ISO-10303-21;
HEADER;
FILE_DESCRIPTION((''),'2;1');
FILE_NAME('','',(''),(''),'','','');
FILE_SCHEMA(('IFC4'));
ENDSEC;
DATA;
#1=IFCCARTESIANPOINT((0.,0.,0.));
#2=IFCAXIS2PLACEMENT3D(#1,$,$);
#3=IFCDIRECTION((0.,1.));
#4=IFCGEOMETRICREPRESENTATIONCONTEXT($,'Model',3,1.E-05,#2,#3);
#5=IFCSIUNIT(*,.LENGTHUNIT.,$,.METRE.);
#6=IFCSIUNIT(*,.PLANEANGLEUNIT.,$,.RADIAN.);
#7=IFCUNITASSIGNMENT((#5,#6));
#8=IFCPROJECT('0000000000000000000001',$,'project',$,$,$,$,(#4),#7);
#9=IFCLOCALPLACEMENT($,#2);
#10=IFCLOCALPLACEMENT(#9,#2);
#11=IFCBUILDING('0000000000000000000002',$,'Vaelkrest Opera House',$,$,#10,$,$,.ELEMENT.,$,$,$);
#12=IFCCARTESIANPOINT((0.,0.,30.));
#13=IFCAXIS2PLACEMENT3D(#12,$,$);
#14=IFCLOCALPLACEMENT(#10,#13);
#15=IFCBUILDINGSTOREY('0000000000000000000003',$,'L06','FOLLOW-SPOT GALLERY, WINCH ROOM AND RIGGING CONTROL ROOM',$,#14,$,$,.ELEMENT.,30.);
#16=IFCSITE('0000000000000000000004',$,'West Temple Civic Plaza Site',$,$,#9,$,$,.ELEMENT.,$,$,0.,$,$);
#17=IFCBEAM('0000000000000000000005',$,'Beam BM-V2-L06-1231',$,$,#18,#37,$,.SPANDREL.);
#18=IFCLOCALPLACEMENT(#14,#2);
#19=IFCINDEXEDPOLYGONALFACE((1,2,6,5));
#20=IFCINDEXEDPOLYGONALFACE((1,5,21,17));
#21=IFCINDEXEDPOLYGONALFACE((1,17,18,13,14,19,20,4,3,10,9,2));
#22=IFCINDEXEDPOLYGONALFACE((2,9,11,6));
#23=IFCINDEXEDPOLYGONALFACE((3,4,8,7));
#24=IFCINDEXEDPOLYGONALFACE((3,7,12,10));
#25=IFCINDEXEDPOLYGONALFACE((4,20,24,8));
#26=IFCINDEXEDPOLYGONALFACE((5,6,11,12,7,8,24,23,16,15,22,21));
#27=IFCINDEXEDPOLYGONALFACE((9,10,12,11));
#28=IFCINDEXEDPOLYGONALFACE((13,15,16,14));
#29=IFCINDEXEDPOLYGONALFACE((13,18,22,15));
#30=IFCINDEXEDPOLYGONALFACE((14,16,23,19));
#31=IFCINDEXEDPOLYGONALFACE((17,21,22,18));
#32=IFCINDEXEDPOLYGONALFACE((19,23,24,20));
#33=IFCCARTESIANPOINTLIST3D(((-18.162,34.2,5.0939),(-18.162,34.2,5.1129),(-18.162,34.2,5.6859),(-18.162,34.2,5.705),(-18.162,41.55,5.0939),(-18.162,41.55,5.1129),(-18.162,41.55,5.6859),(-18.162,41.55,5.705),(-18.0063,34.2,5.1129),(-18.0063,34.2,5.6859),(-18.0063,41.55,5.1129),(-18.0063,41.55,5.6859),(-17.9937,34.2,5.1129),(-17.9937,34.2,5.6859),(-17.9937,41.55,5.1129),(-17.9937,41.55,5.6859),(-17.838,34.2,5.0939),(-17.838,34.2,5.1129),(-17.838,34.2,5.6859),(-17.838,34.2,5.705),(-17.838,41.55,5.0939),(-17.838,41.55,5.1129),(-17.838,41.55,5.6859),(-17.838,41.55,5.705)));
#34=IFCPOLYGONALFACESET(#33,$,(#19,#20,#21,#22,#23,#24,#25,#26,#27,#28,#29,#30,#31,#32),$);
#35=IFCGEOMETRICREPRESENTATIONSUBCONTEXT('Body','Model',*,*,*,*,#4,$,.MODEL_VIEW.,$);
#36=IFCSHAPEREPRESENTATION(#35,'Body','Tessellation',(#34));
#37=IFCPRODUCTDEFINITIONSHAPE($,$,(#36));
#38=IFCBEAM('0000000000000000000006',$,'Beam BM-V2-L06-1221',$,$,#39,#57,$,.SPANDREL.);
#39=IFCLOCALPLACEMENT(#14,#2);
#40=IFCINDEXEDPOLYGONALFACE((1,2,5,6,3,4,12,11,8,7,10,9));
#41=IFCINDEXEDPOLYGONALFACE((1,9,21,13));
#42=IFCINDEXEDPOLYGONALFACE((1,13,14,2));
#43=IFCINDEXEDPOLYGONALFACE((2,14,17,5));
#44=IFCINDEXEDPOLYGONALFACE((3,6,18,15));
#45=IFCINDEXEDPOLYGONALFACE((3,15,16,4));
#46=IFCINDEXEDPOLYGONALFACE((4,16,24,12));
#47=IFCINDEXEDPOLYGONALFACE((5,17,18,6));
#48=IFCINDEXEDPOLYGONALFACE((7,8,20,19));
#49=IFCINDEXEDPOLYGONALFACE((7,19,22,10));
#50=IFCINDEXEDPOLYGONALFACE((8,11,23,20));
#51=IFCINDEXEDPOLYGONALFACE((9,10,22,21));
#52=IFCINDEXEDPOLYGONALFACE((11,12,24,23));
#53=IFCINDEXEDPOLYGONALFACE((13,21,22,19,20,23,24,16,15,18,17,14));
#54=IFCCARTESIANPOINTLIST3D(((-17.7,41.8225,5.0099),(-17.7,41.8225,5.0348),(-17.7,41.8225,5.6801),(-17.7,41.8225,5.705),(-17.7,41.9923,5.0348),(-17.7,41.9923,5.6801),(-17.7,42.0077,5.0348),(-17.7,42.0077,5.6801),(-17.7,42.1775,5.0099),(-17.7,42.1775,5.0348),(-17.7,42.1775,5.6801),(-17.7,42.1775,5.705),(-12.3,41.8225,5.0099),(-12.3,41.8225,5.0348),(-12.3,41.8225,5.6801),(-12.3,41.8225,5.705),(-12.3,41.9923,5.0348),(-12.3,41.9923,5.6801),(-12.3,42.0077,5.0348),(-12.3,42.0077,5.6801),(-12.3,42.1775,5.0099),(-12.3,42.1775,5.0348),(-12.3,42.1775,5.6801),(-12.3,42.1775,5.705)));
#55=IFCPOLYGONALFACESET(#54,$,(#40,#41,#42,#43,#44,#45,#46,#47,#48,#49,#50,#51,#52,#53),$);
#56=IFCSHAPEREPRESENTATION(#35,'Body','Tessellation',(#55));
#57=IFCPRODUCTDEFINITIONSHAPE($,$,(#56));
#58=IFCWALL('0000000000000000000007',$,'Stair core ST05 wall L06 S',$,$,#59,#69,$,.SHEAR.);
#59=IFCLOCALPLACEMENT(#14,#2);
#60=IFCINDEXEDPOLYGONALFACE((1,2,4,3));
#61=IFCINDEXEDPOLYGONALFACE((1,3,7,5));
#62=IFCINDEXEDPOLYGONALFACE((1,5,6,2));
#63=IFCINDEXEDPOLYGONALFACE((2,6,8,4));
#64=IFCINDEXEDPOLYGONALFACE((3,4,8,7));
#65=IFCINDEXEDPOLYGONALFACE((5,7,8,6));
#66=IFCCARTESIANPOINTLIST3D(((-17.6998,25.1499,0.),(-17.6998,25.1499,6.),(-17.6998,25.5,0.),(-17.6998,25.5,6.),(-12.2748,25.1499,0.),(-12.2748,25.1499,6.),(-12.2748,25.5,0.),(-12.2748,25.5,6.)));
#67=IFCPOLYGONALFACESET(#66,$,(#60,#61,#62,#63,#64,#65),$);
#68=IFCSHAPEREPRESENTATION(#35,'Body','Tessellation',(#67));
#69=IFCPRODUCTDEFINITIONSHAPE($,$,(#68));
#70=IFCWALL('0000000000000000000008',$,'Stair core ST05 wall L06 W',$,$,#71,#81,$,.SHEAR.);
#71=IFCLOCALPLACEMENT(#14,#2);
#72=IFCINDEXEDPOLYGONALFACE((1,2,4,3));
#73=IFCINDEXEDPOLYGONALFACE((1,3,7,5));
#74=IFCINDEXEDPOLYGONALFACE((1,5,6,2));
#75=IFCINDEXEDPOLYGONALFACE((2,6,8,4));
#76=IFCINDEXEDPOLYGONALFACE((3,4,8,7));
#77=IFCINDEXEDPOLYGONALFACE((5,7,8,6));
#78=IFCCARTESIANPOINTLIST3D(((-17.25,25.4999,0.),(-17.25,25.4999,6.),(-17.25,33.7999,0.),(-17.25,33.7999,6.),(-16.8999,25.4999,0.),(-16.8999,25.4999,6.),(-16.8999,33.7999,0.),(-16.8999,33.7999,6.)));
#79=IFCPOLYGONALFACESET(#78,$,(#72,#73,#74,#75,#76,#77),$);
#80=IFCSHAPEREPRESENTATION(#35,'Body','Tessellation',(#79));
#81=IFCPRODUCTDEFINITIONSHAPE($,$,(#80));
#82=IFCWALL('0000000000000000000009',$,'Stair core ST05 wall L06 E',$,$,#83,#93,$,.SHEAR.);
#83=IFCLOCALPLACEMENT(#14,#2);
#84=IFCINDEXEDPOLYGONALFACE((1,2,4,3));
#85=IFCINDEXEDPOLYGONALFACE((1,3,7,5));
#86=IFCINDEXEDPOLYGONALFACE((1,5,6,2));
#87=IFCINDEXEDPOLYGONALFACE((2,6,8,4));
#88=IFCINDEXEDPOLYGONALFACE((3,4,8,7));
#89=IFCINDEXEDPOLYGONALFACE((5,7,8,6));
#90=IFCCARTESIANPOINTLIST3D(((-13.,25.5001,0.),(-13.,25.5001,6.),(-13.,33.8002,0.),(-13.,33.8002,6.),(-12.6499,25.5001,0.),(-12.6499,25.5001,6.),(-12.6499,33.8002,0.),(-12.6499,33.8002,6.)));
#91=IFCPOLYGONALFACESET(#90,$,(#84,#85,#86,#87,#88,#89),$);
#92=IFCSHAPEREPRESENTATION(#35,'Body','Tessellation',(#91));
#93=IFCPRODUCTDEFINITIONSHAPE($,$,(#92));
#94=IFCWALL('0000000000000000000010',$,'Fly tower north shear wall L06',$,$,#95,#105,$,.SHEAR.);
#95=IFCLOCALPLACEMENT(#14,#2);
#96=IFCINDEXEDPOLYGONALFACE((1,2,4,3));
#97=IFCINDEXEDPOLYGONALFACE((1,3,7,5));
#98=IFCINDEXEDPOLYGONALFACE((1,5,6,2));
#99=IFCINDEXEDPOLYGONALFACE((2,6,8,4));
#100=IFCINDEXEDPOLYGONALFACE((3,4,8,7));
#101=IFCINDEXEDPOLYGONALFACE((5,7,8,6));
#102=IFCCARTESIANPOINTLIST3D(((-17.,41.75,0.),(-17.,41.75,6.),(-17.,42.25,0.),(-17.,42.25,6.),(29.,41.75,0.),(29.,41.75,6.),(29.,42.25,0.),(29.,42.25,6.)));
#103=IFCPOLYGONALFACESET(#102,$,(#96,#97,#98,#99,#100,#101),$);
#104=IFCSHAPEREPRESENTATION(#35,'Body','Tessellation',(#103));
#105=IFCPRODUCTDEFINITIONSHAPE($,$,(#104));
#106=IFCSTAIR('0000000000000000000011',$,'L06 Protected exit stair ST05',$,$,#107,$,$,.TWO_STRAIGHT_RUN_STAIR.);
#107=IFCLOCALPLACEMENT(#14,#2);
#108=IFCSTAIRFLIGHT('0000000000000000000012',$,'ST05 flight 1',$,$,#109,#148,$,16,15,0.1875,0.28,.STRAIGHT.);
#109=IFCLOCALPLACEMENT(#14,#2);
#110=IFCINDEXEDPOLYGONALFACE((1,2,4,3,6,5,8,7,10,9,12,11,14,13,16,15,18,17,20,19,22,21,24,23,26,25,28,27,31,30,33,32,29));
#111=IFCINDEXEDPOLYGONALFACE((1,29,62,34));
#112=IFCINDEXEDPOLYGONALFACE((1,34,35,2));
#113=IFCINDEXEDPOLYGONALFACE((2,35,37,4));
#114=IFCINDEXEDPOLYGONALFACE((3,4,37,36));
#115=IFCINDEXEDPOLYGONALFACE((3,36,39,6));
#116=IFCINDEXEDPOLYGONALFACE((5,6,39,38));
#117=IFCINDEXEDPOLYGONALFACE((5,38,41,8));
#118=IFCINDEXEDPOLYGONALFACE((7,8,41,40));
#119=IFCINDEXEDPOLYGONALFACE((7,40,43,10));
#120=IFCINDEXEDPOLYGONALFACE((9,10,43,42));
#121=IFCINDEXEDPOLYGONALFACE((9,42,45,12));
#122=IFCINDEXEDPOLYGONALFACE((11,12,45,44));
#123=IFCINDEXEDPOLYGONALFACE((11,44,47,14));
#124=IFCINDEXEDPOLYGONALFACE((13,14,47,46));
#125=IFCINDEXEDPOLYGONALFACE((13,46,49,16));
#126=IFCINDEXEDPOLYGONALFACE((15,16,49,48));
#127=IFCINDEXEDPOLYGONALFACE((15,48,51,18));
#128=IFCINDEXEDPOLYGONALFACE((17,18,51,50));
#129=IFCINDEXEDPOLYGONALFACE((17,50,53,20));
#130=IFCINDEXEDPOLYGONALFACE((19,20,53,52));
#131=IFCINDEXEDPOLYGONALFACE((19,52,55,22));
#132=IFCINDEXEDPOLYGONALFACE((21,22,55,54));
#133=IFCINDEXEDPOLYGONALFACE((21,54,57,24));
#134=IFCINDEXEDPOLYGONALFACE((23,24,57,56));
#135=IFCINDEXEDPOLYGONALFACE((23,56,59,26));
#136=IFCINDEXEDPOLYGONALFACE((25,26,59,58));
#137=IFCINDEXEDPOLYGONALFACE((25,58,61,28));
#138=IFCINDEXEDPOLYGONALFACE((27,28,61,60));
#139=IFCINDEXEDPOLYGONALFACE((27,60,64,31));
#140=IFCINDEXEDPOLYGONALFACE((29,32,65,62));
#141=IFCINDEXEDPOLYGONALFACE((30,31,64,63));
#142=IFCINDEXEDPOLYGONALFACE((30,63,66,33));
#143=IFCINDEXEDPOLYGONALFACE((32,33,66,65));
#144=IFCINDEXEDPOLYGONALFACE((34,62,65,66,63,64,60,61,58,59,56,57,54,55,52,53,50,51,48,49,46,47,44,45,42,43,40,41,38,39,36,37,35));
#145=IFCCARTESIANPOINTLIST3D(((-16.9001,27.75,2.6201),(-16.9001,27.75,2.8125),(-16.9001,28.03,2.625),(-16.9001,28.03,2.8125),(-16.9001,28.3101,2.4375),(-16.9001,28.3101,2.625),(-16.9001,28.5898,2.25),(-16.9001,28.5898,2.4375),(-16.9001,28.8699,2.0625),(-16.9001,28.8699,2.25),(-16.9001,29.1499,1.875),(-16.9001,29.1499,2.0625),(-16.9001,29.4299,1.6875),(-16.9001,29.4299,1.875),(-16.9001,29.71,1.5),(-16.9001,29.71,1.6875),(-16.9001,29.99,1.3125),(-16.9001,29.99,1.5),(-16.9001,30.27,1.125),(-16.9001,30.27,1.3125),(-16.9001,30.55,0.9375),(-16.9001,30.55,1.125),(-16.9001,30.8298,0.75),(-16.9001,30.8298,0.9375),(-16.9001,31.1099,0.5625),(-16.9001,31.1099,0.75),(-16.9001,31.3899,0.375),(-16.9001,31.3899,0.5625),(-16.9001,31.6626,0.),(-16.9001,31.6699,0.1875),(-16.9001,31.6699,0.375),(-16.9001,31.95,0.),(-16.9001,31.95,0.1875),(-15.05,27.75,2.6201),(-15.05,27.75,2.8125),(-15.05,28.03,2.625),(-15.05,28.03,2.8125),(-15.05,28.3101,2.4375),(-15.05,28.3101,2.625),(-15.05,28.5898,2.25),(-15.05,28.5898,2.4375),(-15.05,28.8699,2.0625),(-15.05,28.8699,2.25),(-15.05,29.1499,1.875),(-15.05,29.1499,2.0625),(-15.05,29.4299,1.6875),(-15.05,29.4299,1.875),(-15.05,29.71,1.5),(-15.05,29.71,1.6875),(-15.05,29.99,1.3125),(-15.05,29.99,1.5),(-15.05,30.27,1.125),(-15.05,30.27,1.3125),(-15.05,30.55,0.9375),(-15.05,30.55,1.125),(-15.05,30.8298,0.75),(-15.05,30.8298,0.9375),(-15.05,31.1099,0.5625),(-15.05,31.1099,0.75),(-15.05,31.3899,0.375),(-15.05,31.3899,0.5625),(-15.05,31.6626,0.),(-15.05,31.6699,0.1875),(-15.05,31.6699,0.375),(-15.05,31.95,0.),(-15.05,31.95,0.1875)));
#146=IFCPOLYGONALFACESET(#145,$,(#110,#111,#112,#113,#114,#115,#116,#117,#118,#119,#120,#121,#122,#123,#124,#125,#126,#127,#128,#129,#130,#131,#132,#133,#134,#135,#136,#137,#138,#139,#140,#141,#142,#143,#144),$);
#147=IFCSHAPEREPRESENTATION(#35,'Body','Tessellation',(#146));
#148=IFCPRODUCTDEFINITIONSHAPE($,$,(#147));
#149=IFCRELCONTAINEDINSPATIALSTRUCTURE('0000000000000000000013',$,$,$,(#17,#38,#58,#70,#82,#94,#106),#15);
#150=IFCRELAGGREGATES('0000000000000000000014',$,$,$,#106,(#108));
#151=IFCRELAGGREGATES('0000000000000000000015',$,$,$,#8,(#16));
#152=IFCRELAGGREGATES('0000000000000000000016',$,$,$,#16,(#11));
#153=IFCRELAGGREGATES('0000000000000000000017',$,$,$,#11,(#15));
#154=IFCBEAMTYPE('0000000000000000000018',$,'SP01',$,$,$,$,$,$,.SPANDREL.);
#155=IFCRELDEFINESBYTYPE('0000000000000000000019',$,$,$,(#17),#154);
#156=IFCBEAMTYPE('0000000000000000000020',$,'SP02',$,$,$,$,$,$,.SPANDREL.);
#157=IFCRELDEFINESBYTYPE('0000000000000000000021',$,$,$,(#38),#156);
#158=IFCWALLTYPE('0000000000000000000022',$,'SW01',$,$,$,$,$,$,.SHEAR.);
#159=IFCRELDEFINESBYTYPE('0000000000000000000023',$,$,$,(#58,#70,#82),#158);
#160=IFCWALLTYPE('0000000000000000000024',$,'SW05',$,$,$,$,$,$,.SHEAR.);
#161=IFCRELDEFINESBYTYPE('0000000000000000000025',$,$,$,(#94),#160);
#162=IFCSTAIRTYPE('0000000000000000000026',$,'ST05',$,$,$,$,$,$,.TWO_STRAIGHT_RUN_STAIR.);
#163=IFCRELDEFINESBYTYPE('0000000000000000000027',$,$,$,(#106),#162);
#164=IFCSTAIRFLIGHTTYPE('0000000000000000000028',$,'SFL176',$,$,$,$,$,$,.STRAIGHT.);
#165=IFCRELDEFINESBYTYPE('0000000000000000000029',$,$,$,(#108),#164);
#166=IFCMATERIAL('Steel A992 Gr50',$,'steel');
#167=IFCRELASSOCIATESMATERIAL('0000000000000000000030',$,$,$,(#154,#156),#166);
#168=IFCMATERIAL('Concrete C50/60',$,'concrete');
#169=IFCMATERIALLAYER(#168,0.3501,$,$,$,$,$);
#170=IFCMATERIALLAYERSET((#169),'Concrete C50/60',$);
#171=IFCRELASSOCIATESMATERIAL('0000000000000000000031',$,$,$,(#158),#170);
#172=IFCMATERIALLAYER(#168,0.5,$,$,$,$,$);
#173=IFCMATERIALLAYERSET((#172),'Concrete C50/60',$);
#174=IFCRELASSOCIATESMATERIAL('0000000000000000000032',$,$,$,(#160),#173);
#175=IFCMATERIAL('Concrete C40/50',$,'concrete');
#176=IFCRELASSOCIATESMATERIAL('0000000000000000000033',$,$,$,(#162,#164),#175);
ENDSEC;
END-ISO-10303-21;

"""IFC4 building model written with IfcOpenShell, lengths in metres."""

from ifc_helpers import new_model, si_unit, direction, frame, frame_2d, origin, origin_2d, place, context, subcontext, project, spatial, polyline, rectangle, i_section, outline, extrude, material, layer, layer_set, material_profile, profile_set, type_object, element, aggregate, save


model = new_model("IFC4")

# Units and contexts
model_context = context("Model", 3, precision=1e-05, world=origin(), true_north=direction((0.0, 1.0)))
body_context = subcontext(model_context, "Body", "Model", "MODEL_VIEW")
ifc_project = project(units=[si_unit("LENGTHUNIT", "METRE"), si_unit("PLANEANGLEUNIT", "RADIAN")], contexts=[model_context])

# Site, building, storey
site_placement = place(None, origin())
site = spatial("IfcSite", under=ifc_project, at=site_placement, Name="West Temple Civic Plaza Site", CompositionType="ELEMENT", RefElevation=0.0)
building_placement = place(site_placement, origin())
building = spatial("IfcBuilding", under=site, at=building_placement, Name="Vaelkrest Opera House", CompositionType="ELEMENT")
storey_placement = place(building_placement, frame((0.0, 0.0, 30.0)))
storey = spatial("IfcBuildingStorey", under=building, at=storey_placement, Name="L06", Description="FOLLOW-SPOT GALLERY, WINCH ROOM AND RIGGING CONTROL ROOM", CompositionType="ELEMENT", Elevation=30.0)

# Shared definitions
ifc_material_1 = material(Name="Concrete C50/60", Category="concrete")

# Beams
ifc_material_2 = material(Name="Steel A992 Gr50", Category="steel")
ifc_material_profile_1 = material_profile(ifc_material_2, i_section(OverallWidth=0.324, OverallDepth=0.6111, WebThickness=0.0127, FlangeThickness=0.019, at=origin_2d()), Name="W24X104")
ifc_profile_set_1 = profile_set([ifc_material_profile_1], Name="Steel A992 Gr50")
beam_type_1 = type_object("IfcBeamType", Name="SP01", PredefinedType="SPANDREL", material=ifc_profile_set_1)
for number, where, z_axis, x_axis, name in (
    (1, (-18.0, 34.2, 5.3994), (0.0, 1.0, 0.0), (-1.0, 0.0, 0.0), "Beam BM-V2-L06-1231"),
):
    element("IfcBeam", number, at=place(storey_placement, frame(where, z_axis=z_axis, x_axis=x_axis)), inside=storey, type_object=beam_type_1, Name=name, PredefinedType="SPANDREL", context=body_context, shape_type="SweptSolid", body=[
        extrude(i_section(OverallWidth=0.324, OverallDepth=0.6111, WebThickness=0.0127, FlangeThickness=0.019, at=origin_2d()), origin(), (0.0, 0.0, 1.0), 7.3501),
    ])
ifc_material_profile_2 = material_profile(ifc_material_2, i_section(OverallWidth=0.355, OverallDepth=0.6951, WebThickness=0.0154, FlangeThickness=0.0249, at=origin_2d()), Name="W27X146")
ifc_profile_set_2 = profile_set([ifc_material_profile_2], Name="Steel A992 Gr50")
beam_type_2 = type_object("IfcBeamType", Name="SP02", PredefinedType="SPANDREL", material=ifc_profile_set_2)
beam_1_placement = place(storey_placement, frame((-17.7, 42.0, 5.3574), z_axis=(1.0, 0.0, 0.0), x_axis=(0.0, 1.0, 0.0)))
element("IfcBeam", 2, at=beam_1_placement, inside=storey, type_object=beam_type_2, Name="Beam BM-V2-L06-1221", PredefinedType="SPANDREL", context=body_context, shape_type="SweptSolid", body=[
    extrude(i_section(OverallWidth=0.355, OverallDepth=0.6951, WebThickness=0.0154, FlangeThickness=0.0249, at=origin_2d()), origin(), (0.0, 0.0, 1.0), 5.3999),
])

# Walls
ifc_layer_1 = layer(ifc_material_1, 0.3501)
ifc_layer_set_1 = layer_set([ifc_layer_1], Name="Concrete C50/60")
wall_type_1 = type_object("IfcWallType", Name="SW01", PredefinedType="SHEAR", material=ifc_layer_set_1)
wall_1_placement = place(storey_placement, frame((-12.2749, 25.325, 0.0), z_axis=(0.0, 0.0, 1.0), x_axis=(-1.0, 0.0, 0.0)))
element("IfcWall", 3, at=wall_1_placement, inside=storey, type_object=wall_type_1, Name="Stair core ST05 wall L06 S", PredefinedType="SHEAR", context=body_context, shape_type="SweptSolid", body=[
    extrude(rectangle(XDim=5.425, YDim=0.3501, at=frame_2d((2.7124, 0.0))), origin(), (0.0, 0.0, 1.0), 6.0),
])
wall_2_placement = place(storey_placement, frame((-17.075, 25.5, 0.0), z_axis=(0.0, 0.0, 1.0), x_axis=(0.0, 1.0, 0.0)))
element("IfcWall", 4, at=wall_2_placement, inside=storey, type_object=wall_type_1, Name="Stair core ST05 wall L06 W", PredefinedType="SHEAR", context=body_context, shape_type="SweptSolid", body=[
    extrude(rectangle(XDim=8.3, YDim=0.3501, at=frame_2d((4.1499, 0.0))), origin(), (0.0, 0.0, 1.0), 6.0),
])

# Wall
wall_3_placement = place(storey_placement, frame((-12.825, 33.8, 0.0), z_axis=(0.0, 0.0, 1.0), x_axis=(0.0, -1.0, 0.0)))
element("IfcWall", 5, at=wall_3_placement, inside=storey, type_object=wall_type_1, Name="Stair core ST05 wall L06 E", PredefinedType="SHEAR", context=body_context, shape_type="SweptSolid", body=[
    extrude(rectangle(XDim=8.3, YDim=0.3501, at=frame_2d((4.1499, 0.0))), origin(), (0.0, 0.0, 1.0), 6.0),
])

# Wall
ifc_layer_2 = layer(ifc_material_1, 0.5)
ifc_layer_set_2 = layer_set([ifc_layer_2], Name="Concrete C50/60")
wall_type_2 = type_object("IfcWallType", Name="SW05", PredefinedType="SHEAR", material=ifc_layer_set_2)
wall_4_placement = place(storey_placement, frame((-17.0, 42.0, 0.0), z_axis=(0.0, 0.0, 1.0), x_axis=(1.0, 0.0, 0.0)))
element("IfcWall", 6, at=wall_4_placement, inside=storey, type_object=wall_type_2, Name="Fly tower north shear wall L06", PredefinedType="SHEAR", context=body_context, shape_type="SweptSolid", body=[
    extrude(rectangle(XDim=46.0, YDim=0.5, at=frame_2d((23.0, 0.0))), origin(), (0.0, 0.0, 1.0), 6.0),
])

# Stair, stair flight
ifc_material_3 = material(Name="Concrete C40/50", Category="concrete")
stair_type = type_object("IfcStairType", Name="ST05", PredefinedType="TWO_STRAIGHT_RUN_STAIR", material=ifc_material_3)
stair_placement = place(storey_placement, origin())
stair = element("IfcStair", 7, at=stair_placement, inside=storey, type_object=stair_type, Name="L06 Protected exit stair ST05", PredefinedType="TWO_STRAIGHT_RUN_STAIR")
stair_flight_type = type_object("IfcStairFlightType", Name="SFL176", PredefinedType="STRAIGHT", material=ifc_material_3)
stair_flight_1_placement = place(storey_placement, frame((-15.9751, 31.95, 0.0), z_axis=(0.0, 0.0, 1.0), x_axis=(0.0, -1.0, 0.0)))
stair_flight_1 = element("IfcStairFlight", 8, at=stair_flight_1_placement, type_object=stair_flight_type, Name="ST05 flight 1", NumberOfRisers=16, NumberOfTreads=15, PredefinedType="STRAIGHT", RiserHeight=0.1875, TreadLength=0.28, context=body_context, shape_type="SweptSolid", body=[
    extrude(outline(polyline([(0.0, 0.0), (0.0, 0.1875), (0.28, 0.1875), (0.28, 0.375), (0.5601, 0.375), (0.5601, 0.5625), (0.8401, 0.5625), (0.8401, 0.75), (1.1201, 0.75), (1.1201, 0.9375), (1.3999, 0.9375), (1.3999, 1.125), (1.6799, 1.125), (1.6799, 1.3125), (1.96, 1.3125), (1.96, 1.5), (2.24, 1.5), (2.24, 1.6875), (2.52, 1.6875), (2.52, 1.875), (2.8, 1.875), (2.8, 2.0625), (3.0801, 2.0625), (3.0801, 2.25), (3.3601, 2.25), (3.3601, 2.4375), (3.6399, 2.4375), (3.6399, 2.625), (3.9199, 2.625), (3.9199, 2.8125), (4.2, 2.8125), (4.2, 3.0), (4.2, 2.6201), (0.2874, 0.0), (0.0, 0.0)])), frame((0.0, 0.925, 0.0), z_axis=(0.0, -1.0, 0.0), x_axis=(1.0, 0.0, 0.0)), (0.0, 0.0, 1.0), 1.8501),
])
aggregate(stair, [stair_flight_1])

save(model, "model.ifc")
